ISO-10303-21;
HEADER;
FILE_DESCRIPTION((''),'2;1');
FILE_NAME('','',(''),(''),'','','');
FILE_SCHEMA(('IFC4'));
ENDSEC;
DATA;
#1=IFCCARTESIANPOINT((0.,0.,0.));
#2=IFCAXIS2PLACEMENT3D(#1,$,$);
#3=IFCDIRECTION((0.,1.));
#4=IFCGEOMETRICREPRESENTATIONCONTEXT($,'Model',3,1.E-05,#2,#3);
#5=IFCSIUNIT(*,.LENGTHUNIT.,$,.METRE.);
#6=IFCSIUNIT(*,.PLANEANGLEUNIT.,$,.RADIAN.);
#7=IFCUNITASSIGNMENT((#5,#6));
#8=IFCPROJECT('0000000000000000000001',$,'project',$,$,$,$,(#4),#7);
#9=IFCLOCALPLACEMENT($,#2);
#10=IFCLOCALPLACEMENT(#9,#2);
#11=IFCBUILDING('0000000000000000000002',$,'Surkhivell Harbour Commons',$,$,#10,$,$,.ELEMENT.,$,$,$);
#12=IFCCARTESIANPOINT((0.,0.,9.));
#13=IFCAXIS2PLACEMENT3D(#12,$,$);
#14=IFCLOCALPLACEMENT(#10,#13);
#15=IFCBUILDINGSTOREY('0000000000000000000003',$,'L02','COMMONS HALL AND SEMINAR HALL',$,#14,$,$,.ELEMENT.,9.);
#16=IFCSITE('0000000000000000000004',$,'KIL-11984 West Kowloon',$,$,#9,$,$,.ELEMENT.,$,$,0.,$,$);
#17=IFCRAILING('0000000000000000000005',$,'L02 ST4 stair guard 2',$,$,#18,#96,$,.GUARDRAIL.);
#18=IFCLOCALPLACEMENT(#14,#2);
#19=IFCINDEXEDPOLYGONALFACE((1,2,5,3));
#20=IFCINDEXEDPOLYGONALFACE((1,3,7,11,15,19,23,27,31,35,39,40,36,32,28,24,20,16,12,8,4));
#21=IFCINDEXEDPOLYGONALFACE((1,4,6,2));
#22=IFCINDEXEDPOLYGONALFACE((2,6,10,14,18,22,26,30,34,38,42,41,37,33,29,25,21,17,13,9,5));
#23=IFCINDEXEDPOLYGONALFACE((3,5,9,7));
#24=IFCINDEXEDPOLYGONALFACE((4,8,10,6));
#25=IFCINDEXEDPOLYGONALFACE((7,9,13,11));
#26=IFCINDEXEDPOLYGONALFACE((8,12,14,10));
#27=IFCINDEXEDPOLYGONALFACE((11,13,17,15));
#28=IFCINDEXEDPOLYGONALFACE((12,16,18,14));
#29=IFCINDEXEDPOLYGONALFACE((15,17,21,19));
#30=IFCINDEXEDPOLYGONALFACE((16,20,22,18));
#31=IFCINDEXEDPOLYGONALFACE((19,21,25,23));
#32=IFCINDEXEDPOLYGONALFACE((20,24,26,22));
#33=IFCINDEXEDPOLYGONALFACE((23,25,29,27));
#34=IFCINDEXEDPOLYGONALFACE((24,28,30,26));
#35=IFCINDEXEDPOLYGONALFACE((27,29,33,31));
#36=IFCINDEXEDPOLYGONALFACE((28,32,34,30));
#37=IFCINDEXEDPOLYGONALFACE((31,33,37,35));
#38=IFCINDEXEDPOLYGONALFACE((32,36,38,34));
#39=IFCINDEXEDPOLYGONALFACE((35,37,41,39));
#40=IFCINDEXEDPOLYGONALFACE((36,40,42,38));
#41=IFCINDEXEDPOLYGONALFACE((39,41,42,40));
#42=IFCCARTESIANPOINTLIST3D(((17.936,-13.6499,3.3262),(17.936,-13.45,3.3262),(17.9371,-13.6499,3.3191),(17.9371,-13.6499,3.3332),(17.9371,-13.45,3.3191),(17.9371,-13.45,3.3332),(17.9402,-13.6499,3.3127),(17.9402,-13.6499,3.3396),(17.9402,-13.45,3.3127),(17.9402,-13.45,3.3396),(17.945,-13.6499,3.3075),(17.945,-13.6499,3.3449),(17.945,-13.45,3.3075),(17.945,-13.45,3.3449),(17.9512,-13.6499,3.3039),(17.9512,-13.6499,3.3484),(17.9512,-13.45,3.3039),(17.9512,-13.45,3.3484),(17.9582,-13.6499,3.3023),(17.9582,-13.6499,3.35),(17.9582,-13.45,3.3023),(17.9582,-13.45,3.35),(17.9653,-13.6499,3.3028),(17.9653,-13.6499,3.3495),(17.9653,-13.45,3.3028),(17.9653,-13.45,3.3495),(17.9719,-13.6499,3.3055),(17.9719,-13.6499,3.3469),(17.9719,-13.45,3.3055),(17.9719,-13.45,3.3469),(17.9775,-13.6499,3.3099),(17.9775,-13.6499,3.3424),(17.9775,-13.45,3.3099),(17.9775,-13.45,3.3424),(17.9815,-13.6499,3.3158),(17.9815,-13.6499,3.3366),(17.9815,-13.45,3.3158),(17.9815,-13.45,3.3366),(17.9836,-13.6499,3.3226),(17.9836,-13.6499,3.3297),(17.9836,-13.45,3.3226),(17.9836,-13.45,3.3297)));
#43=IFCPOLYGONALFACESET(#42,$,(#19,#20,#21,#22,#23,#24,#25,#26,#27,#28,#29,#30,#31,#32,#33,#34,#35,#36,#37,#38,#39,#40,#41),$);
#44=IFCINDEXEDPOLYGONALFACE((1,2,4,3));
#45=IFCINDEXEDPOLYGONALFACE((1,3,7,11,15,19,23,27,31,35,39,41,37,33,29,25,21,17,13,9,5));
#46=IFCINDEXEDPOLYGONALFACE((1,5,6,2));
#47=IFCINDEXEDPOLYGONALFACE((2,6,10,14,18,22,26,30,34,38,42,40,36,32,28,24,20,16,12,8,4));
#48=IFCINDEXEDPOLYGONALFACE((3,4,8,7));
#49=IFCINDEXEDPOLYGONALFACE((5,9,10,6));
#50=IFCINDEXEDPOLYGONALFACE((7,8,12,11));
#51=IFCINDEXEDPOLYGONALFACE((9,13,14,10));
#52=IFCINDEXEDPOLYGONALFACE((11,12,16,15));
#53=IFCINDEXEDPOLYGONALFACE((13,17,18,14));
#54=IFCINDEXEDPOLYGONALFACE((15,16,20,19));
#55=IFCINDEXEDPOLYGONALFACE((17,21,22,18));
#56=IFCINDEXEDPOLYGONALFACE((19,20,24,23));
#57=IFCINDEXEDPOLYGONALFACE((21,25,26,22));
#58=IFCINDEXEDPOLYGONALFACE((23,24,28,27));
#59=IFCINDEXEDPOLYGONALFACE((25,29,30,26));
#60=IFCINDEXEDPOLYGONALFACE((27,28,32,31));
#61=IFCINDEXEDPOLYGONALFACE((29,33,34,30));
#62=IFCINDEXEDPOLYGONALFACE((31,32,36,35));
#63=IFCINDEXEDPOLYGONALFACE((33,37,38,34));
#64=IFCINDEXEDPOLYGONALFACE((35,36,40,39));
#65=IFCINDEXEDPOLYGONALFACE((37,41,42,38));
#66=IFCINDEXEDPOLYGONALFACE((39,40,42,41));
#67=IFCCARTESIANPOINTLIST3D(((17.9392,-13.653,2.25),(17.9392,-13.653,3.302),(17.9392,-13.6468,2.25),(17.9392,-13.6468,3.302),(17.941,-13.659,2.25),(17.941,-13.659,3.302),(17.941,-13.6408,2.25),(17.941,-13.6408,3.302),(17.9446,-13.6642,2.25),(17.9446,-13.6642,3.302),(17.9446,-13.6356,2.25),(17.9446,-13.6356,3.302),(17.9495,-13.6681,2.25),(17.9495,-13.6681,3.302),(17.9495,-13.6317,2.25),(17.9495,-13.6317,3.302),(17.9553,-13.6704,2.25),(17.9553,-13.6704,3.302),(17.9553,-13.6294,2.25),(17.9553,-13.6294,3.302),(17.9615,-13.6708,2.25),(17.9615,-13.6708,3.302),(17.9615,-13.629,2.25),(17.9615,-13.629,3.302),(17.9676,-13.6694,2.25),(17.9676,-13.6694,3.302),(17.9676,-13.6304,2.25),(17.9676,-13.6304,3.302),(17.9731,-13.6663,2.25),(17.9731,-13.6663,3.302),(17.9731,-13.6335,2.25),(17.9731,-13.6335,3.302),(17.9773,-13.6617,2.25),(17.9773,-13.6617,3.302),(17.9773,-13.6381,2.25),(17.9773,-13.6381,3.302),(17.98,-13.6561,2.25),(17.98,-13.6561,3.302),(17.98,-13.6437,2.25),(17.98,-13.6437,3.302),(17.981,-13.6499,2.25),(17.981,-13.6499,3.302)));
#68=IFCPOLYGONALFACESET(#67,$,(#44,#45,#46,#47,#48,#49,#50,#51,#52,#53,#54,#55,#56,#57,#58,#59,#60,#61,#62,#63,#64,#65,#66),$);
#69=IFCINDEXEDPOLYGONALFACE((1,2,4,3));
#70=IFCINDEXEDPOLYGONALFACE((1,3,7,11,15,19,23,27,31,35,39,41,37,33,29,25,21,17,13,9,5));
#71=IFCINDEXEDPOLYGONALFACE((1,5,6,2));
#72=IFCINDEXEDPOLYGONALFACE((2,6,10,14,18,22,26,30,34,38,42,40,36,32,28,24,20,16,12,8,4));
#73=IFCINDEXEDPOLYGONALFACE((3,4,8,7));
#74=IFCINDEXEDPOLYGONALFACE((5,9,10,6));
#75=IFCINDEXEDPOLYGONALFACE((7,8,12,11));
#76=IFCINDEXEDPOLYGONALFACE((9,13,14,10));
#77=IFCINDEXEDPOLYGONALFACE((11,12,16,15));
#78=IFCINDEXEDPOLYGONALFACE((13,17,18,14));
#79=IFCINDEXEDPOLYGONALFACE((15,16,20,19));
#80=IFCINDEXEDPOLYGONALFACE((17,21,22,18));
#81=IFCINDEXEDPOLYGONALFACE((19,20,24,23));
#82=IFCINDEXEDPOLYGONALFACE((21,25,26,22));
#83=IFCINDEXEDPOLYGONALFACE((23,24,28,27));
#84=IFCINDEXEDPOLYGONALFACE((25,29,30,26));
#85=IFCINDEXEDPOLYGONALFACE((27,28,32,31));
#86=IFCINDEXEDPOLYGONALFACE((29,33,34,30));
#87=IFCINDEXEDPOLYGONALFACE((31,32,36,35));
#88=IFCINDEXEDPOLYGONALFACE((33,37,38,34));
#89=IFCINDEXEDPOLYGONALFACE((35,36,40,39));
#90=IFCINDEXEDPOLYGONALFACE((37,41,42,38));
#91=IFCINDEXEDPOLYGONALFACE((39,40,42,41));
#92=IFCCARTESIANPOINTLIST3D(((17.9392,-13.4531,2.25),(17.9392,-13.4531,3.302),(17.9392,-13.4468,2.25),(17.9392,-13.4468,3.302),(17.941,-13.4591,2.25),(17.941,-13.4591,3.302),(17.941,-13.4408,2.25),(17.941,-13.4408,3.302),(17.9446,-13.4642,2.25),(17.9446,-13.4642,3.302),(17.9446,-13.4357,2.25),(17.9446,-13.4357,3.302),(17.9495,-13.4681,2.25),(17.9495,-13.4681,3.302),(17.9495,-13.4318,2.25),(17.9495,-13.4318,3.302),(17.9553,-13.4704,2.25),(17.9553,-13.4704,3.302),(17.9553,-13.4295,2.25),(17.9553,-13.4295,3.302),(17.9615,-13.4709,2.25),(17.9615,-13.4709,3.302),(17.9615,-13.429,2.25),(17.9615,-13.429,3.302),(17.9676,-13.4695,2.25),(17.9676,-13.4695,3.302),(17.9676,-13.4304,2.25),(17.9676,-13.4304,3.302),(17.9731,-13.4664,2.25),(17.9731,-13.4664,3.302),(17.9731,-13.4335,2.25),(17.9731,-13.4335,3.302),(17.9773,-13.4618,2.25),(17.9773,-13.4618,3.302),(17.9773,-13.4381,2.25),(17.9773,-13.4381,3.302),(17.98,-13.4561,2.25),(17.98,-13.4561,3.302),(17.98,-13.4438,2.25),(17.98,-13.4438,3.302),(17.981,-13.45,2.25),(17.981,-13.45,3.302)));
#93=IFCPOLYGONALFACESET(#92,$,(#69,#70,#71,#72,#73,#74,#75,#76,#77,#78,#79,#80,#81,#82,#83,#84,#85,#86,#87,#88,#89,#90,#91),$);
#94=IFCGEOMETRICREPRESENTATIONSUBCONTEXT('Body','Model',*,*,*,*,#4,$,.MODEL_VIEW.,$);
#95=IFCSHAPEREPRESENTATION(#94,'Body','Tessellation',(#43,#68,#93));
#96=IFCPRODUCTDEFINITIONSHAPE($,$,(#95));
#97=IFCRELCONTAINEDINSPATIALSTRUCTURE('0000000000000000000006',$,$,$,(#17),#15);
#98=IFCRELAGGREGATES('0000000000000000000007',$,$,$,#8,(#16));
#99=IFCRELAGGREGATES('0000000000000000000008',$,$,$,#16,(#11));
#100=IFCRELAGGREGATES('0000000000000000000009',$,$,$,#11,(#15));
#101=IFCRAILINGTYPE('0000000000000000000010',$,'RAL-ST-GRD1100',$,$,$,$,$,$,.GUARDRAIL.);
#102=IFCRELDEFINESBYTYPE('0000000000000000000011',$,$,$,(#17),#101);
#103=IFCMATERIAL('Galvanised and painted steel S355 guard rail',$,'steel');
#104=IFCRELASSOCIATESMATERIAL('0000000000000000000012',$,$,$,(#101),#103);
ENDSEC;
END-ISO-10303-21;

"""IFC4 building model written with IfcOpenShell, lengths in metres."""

from ifc_helpers import new_model, si_unit, direction, frame, origin, origin_2d, place, context, subcontext, project, spatial, circle, extrude, material, type_object, element, save


model = new_model("IFC4")

# Units and contexts
model_context = context("Model", 3, precision=1e-05, world=origin(), true_north=direction((0.0, 1.0)))
body_context = subcontext(model_context, "Body", "Model", "MODEL_VIEW")
ifc_project = project(units=[si_unit("LENGTHUNIT", "METRE"), si_unit("PLANEANGLEUNIT", "RADIAN")], contexts=[model_context])

# Site, building, storey
site_placement = place(None, origin())
site = spatial("IfcSite", under=ifc_project, at=site_placement, Name="KIL-11984 West Kowloon", CompositionType="ELEMENT", RefElevation=0.0)
building_placement = place(site_placement, origin())
building = spatial("IfcBuilding", under=site, at=building_placement, Name="Surkhivell Harbour Commons", CompositionType="ELEMENT")
storey_placement = place(building_placement, frame((0.0, 0.0, 9.0)))
storey = spatial("IfcBuildingStorey", under=building, at=storey_placement, Name="L02", Description="COMMONS HALL AND SEMINAR HALL", CompositionType="ELEMENT", Elevation=9.0)

# Railing
ifc_material_1 = material(Name="Galvanised and painted steel S355 guard rail", Category="steel")
railing_type_1 = type_object("IfcRailingType", Name="RAL-ST-GRD1100", PredefinedType="GUARDRAIL", material=ifc_material_1)
railing_1_placement = place(storey_placement, frame((17.96, -13.6499, 2.25)))
element("IfcRailing", 1, at=railing_1_placement, inside=storey, type_object=railing_type_1, Name="L02 ST4 stair guard 2", PredefinedType="GUARDRAIL", context=body_context, shape_type="SweptSolid", body=[
    extrude(circle(Radius=0.0239, at=origin_2d()), frame((0.0, 0.0, 1.0762), z_axis=(0.0, 1.0, 0.0), x_axis=(-1.0, 0.0, 0.0)), (0.0, 0.0, 1.0), 0.2),
    extrude(circle(Radius=0.021, at=origin_2d()), origin(), (0.0, 0.0, 1.0), 1.052),
    extrude(circle(Radius=0.021, at=origin_2d()), frame((0.0, 0.2, 0.0)), (0.0, 0.0, 1.0), 1.052),
])

save(model, "model.ifc")
